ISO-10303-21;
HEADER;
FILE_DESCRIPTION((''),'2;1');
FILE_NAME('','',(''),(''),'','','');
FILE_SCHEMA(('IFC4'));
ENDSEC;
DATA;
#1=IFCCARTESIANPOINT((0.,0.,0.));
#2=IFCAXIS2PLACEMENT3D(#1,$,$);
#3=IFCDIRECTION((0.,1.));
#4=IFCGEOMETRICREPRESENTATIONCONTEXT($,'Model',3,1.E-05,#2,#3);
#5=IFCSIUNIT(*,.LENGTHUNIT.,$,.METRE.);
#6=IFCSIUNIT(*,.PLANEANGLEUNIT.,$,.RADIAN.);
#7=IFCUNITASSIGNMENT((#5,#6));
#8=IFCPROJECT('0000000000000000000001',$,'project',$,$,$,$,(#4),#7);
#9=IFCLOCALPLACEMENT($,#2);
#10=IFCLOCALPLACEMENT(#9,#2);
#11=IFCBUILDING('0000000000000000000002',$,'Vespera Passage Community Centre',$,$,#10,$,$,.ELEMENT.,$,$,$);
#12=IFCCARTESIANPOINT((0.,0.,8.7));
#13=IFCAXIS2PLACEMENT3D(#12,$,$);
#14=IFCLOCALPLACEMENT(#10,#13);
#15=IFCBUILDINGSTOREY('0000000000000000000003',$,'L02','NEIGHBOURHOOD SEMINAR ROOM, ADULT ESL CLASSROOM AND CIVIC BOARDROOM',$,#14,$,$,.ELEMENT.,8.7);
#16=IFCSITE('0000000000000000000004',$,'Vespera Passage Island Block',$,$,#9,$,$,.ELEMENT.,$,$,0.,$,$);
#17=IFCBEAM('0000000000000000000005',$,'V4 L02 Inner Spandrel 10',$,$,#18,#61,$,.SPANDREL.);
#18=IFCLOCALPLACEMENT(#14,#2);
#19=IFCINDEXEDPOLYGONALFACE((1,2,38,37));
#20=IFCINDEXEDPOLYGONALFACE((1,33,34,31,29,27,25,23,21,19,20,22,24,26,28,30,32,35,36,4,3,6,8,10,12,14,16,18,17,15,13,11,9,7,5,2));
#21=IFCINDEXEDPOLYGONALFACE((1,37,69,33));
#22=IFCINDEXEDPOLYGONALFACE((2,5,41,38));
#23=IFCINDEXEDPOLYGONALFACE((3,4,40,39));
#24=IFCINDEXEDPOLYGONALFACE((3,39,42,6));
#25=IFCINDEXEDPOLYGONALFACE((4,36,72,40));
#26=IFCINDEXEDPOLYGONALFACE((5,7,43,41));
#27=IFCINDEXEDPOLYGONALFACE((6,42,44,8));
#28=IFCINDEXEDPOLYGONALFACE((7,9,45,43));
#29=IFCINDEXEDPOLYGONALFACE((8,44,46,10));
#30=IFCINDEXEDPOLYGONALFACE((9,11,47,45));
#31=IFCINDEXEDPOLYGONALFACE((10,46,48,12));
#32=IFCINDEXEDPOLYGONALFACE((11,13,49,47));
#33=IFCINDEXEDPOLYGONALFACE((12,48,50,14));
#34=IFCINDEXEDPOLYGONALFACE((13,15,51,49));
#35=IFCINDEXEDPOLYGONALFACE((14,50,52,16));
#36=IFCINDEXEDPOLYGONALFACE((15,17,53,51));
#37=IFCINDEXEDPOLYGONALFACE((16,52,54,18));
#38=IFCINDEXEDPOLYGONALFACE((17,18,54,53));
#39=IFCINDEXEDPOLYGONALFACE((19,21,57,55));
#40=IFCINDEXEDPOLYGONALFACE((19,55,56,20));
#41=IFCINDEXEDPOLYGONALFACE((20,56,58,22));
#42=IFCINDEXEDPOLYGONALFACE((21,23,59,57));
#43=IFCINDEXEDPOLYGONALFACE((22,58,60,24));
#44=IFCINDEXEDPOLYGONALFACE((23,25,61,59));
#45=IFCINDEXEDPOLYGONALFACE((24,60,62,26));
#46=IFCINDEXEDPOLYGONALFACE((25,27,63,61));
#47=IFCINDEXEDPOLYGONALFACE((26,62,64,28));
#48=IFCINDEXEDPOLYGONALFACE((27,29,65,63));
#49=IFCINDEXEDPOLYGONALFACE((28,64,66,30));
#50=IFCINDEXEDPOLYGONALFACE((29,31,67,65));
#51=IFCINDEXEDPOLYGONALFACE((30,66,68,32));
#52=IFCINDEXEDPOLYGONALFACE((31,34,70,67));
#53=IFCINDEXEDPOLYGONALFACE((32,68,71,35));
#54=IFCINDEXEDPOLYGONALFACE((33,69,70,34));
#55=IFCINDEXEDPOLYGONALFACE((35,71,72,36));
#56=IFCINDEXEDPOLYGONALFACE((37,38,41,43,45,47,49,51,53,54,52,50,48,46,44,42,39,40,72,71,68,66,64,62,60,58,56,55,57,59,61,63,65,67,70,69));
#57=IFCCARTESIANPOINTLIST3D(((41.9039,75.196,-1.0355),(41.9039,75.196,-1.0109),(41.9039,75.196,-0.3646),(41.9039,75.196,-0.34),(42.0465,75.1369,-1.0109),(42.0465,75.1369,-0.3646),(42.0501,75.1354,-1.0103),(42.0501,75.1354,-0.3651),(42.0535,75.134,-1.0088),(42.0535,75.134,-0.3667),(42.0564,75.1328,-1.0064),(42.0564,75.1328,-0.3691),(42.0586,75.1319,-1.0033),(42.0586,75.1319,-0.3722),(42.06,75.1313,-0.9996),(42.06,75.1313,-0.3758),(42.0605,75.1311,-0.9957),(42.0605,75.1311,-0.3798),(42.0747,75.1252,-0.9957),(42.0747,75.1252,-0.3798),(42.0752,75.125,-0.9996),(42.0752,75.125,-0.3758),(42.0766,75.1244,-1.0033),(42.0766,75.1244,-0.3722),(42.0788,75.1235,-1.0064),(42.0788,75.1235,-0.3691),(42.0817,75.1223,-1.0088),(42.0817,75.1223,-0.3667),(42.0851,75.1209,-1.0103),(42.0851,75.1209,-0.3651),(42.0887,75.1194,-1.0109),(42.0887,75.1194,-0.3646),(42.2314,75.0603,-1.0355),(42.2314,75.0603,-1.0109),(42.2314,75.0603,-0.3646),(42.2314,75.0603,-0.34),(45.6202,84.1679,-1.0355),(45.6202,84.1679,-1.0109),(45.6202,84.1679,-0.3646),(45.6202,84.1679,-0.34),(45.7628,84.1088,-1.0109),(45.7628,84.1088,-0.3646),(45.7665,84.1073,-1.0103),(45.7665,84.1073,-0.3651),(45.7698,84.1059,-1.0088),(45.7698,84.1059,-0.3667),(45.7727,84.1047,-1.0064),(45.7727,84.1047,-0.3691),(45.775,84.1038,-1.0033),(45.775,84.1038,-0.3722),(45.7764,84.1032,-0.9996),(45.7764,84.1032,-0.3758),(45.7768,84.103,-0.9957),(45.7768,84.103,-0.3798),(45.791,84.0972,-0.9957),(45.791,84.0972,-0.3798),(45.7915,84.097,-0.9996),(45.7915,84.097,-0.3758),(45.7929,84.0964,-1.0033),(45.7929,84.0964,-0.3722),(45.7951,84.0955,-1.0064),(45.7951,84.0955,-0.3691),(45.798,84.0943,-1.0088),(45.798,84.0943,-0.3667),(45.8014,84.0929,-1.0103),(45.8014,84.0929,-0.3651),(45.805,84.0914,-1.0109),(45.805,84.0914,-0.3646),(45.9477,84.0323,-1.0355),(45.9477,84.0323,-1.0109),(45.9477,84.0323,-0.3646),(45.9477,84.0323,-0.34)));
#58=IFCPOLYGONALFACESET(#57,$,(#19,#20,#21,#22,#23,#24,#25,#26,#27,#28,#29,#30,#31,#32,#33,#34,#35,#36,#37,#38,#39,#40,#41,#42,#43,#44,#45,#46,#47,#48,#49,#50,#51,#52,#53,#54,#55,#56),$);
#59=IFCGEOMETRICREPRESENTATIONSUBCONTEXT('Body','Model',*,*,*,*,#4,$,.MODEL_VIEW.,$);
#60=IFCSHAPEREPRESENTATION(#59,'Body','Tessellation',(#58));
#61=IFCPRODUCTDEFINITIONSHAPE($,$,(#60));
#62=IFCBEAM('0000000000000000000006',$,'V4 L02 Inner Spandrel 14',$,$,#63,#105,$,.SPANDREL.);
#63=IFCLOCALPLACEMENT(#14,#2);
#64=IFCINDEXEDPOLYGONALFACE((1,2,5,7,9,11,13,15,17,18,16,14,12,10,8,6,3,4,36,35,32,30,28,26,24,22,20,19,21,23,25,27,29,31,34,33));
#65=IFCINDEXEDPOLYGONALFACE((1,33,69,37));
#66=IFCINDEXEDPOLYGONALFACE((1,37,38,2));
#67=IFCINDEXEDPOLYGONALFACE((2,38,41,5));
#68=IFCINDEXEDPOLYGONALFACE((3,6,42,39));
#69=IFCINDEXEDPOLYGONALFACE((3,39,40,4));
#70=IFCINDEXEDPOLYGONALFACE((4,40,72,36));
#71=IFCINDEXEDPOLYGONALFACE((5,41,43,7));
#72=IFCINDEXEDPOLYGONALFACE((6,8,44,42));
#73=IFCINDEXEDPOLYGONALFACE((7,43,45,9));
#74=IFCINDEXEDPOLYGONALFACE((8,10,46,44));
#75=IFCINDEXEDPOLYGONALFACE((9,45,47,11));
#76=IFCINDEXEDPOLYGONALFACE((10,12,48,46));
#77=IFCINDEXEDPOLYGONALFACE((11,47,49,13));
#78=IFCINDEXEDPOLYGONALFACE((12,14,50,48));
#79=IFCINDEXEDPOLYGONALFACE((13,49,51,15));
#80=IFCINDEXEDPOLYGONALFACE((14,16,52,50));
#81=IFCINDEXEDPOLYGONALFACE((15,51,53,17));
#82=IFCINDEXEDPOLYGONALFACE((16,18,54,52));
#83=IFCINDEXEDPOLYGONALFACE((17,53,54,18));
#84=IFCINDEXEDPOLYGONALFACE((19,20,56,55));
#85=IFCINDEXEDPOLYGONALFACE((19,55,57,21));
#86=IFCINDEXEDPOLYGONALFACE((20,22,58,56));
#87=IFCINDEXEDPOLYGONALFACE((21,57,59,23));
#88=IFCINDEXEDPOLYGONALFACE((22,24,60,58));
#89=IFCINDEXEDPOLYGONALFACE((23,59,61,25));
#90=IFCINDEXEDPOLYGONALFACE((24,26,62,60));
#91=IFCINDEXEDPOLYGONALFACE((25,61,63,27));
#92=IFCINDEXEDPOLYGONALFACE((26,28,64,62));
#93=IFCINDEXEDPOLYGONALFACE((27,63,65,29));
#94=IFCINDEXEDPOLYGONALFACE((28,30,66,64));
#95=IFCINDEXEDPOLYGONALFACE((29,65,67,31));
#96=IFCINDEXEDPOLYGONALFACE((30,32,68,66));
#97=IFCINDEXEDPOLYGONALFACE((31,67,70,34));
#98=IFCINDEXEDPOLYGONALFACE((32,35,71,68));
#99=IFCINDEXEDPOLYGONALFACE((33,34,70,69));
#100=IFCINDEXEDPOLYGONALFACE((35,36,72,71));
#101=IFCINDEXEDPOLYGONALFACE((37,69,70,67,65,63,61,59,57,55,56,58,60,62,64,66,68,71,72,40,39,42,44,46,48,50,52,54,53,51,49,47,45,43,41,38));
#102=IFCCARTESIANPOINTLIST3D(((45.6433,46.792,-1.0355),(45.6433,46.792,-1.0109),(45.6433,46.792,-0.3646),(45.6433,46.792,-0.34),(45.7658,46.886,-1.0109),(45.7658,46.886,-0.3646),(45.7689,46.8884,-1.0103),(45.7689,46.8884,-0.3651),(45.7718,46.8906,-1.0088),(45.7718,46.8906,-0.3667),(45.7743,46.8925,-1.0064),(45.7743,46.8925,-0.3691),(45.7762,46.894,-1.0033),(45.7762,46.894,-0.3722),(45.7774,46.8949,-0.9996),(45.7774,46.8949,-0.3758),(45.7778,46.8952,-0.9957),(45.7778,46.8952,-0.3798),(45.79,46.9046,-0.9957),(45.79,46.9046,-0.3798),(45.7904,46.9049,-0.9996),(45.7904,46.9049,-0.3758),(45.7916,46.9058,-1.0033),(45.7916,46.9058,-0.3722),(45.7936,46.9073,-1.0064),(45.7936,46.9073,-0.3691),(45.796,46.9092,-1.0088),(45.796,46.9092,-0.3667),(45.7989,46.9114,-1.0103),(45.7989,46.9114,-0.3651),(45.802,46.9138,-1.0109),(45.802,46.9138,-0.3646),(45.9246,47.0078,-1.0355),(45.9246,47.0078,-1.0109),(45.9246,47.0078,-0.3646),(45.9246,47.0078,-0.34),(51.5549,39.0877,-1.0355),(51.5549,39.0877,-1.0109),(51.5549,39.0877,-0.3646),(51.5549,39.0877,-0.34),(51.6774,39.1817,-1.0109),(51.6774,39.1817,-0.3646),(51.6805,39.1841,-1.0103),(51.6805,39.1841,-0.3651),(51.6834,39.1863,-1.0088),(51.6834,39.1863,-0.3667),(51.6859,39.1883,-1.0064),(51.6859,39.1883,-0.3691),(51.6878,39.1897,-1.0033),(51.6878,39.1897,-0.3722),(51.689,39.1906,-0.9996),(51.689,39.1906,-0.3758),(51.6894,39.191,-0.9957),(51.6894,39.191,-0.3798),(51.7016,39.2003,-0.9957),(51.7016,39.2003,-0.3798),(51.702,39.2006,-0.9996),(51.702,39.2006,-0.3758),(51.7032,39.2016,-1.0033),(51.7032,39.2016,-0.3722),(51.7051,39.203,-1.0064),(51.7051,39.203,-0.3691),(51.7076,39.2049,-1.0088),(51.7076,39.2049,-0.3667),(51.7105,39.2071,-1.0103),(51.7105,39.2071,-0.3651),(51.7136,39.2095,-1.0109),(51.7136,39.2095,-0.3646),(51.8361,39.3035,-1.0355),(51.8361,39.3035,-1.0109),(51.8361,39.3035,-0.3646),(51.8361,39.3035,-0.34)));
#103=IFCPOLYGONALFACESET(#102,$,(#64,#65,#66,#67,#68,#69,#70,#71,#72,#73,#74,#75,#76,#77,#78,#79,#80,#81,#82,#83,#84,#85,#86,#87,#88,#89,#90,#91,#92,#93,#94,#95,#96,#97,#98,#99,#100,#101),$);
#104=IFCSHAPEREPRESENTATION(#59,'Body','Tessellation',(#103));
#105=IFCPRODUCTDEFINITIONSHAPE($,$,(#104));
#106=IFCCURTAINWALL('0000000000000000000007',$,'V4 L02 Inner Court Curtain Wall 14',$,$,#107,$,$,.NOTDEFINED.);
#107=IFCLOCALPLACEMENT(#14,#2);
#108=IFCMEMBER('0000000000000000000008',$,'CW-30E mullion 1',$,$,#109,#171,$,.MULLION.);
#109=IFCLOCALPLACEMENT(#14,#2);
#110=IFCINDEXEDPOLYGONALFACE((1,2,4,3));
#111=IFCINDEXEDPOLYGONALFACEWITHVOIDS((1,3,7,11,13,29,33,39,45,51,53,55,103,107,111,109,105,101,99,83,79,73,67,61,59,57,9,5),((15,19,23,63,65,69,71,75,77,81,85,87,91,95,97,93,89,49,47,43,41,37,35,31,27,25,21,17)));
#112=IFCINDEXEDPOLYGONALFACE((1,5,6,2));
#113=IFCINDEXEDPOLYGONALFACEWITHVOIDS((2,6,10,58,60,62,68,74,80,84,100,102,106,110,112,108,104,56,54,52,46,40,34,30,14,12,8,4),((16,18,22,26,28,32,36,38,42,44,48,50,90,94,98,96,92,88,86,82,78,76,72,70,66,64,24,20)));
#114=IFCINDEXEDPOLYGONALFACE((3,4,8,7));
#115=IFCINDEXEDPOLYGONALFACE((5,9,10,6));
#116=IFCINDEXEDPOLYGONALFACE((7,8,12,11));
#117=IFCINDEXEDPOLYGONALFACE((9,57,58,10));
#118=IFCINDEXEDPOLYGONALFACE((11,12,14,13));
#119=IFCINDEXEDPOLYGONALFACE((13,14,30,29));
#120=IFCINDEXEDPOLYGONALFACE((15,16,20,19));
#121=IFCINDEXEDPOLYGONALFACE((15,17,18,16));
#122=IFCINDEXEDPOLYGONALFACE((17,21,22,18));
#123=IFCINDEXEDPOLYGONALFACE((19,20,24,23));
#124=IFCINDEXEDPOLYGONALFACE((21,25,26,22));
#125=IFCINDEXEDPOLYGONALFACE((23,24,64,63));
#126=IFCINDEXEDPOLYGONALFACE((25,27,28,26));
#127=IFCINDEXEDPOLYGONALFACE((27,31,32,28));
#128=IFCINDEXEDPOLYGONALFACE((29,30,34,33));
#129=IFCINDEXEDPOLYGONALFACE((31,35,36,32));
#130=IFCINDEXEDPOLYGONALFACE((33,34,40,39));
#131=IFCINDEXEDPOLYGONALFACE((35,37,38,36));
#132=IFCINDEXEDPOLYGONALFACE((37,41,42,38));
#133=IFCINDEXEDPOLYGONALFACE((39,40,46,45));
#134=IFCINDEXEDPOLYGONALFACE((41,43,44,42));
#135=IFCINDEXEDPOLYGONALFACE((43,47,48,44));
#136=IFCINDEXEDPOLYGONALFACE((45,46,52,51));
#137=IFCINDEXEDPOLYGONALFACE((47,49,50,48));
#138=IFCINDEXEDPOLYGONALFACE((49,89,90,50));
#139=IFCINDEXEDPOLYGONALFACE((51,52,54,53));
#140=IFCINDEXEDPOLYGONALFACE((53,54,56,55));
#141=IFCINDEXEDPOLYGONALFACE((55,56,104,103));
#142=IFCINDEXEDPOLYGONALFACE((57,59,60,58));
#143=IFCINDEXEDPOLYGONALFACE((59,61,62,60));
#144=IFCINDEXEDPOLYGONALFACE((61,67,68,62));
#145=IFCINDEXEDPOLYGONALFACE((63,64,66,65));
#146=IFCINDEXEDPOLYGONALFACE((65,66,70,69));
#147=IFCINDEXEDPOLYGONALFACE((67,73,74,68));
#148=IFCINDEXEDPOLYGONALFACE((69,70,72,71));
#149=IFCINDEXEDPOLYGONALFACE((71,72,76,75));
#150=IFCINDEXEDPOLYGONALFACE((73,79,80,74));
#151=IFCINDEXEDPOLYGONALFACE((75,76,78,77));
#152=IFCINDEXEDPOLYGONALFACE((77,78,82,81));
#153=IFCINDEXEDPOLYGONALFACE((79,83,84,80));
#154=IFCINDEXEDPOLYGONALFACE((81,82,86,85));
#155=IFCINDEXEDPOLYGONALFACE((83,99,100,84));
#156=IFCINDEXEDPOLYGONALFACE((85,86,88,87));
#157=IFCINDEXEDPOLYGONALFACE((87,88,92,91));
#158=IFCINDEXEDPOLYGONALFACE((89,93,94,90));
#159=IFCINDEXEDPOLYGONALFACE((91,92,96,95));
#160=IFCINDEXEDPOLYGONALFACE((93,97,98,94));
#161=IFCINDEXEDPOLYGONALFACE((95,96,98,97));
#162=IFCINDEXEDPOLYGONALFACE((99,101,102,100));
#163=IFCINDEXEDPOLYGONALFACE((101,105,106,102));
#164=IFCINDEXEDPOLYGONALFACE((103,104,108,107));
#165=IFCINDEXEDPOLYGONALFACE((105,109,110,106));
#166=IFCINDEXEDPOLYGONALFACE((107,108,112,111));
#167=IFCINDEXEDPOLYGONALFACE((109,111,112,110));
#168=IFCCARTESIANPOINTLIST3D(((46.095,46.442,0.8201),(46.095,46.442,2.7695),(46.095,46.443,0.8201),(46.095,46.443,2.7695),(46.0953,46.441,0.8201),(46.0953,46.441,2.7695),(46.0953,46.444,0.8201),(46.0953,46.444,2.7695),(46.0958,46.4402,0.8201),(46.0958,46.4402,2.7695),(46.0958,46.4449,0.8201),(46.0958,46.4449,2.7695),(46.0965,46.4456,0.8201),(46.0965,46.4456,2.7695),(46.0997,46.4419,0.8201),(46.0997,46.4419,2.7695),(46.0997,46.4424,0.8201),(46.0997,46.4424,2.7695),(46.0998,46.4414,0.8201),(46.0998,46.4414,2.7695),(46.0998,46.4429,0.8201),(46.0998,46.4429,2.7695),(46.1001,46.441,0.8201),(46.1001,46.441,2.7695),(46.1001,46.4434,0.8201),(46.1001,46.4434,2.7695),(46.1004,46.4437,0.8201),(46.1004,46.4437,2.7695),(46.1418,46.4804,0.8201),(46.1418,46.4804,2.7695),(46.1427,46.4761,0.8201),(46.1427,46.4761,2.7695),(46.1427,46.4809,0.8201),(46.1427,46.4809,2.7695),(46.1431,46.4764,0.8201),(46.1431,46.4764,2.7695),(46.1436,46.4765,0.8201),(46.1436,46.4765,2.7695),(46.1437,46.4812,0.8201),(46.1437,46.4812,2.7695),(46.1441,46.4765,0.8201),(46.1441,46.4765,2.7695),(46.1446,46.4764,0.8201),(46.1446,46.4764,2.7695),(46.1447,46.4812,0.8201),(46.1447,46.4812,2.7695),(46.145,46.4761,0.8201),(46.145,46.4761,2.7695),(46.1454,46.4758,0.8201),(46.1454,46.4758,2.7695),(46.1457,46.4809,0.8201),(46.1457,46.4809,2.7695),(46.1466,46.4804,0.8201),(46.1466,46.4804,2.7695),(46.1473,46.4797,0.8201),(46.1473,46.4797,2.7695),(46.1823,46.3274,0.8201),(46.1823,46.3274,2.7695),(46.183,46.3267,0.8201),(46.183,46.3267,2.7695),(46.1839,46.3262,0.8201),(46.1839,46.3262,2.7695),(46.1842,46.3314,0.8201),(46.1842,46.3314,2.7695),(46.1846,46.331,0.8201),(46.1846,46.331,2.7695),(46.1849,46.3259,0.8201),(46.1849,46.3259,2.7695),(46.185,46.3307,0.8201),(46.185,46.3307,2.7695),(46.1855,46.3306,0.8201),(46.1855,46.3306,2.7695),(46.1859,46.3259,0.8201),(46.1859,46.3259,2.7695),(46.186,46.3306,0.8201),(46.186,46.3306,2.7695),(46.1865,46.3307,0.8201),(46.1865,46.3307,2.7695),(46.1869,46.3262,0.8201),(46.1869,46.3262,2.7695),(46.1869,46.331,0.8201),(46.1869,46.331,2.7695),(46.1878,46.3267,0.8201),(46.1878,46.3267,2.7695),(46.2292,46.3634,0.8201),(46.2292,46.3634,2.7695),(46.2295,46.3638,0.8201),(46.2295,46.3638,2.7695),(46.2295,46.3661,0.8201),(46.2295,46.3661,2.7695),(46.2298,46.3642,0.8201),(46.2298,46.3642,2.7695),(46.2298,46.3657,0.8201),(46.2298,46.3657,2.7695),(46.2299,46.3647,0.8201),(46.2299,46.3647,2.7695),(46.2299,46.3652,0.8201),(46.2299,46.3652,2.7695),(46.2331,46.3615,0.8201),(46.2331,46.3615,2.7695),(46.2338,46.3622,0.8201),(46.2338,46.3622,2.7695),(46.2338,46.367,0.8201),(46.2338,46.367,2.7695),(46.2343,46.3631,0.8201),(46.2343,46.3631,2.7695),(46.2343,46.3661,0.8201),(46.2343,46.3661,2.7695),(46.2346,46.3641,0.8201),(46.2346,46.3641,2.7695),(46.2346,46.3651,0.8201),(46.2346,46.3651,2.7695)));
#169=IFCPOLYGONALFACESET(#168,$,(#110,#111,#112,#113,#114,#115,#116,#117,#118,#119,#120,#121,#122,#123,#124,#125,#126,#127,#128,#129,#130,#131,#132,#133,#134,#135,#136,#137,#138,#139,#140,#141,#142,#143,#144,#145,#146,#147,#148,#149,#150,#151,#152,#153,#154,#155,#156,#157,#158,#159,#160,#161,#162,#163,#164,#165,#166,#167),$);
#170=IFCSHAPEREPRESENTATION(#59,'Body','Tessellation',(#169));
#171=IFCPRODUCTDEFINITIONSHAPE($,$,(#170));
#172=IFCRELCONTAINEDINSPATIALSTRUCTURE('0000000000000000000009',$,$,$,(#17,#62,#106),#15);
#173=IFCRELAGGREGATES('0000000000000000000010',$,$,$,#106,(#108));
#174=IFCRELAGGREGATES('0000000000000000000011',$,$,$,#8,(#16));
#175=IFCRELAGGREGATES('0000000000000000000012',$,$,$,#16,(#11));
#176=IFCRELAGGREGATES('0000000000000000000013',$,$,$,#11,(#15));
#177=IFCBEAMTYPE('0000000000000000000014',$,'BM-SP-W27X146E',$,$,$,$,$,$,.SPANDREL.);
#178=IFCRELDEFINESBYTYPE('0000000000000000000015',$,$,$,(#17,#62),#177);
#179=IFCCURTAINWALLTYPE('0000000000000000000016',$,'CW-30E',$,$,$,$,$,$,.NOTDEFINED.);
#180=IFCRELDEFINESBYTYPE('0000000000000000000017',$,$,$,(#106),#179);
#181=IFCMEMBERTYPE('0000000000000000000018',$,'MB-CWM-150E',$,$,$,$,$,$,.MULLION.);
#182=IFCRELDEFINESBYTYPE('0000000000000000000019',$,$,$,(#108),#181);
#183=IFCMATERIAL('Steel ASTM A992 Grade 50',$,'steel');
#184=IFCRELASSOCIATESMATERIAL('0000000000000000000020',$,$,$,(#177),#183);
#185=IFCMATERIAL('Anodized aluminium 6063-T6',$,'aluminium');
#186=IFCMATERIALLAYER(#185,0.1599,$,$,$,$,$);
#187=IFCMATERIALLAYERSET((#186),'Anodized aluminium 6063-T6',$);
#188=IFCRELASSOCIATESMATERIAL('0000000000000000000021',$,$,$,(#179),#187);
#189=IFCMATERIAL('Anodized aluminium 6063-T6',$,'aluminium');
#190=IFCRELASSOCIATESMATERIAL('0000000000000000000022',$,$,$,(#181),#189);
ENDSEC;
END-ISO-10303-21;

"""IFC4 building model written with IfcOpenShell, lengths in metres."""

from ifc_helpers import new_model, si_unit, direction, frame, origin, origin_2d, place, context, subcontext, project, spatial, hollow_rectangle, i_section, extrude, material, layer, layer_set, material_profile, profile_set, type_object, element, aggregate, save


model = new_model("IFC4")

# Units and contexts
model_context = context("Model", 3, precision=1e-05, world=origin(), true_north=direction((0.0, 1.0)))
body_context = subcontext(model_context, "Body", "Model", "MODEL_VIEW")
ifc_project = project(units=[si_unit("LENGTHUNIT", "METRE"), si_unit("PLANEANGLEUNIT", "RADIAN")], contexts=[model_context])

# Site, building, storey
site_placement = place(None, origin())
site = spatial("IfcSite", under=ifc_project, at=site_placement, Name="Vespera Passage Island Block", CompositionType="ELEMENT", RefElevation=0.0)
building_placement = place(site_placement, origin())
building = spatial("IfcBuilding", under=site, at=building_placement, Name="Vespera Passage Community Centre", CompositionType="ELEMENT")
storey_placement = place(building_placement, frame((0.0, 0.0, 8.7)))
storey = spatial("IfcBuildingStorey", under=building, at=storey_placement, Name="L02", Description="NEIGHBOURHOOD SEMINAR ROOM, ADULT ESL CLASSROOM AND CIVIC BOARDROOM", CompositionType="ELEMENT", Elevation=8.7)

# Beams
ifc_material_1 = material(Name="Steel ASTM A992 Grade 50", Category="steel")
ifc_material_profile_1 = material_profile(ifc_material_1, i_section(OverallWidth=0.3545, OverallDepth=0.6956, WebThickness=0.0154, FlangeThickness=0.0247, FilletRadius=0.0151, at=origin_2d()), Name="W27X146")
ifc_profile_set_1 = profile_set([ifc_material_profile_1], Name="Steel ASTM A992 Grade 50")
beam_type_1 = type_object("IfcBeamType", Name="BM-SP-W27X146E", PredefinedType="SPANDREL", material=ifc_profile_set_1)
beam_1_placement = place(storey_placement, frame((45.7839, 84.1001, -0.6877), z_axis=(-0.382685, -0.923879, 0.0), x_axis=(0.923879, -0.382685, 0.0)))
element("IfcBeam", 1, at=beam_1_placement, inside=storey, type_object=beam_type_1, Name="V4 L02 Inner Spandrel 10", PredefinedType="SPANDREL", context=body_context, shape_type="SweptSolid", body=[
    extrude(i_section(OverallWidth=0.3545, OverallDepth=0.6956, WebThickness=0.0154, FlangeThickness=0.0247, FilletRadius=0.0151, at=origin_2d()), origin(), (0.0, 0.0, 1.0), 9.7112),
])
beam_2_placement = place(storey_placement, frame((45.7839, 46.8999, -0.6877), z_axis=(0.608753, -0.79336, 0.0), x_axis=(0.79336, 0.608753, 0.0)))
element("IfcBeam", 2, at=beam_2_placement, inside=storey, type_object=beam_type_1, Name="V4 L02 Inner Spandrel 14", PredefinedType="SPANDREL", context=body_context, shape_type="SweptSolid", body=[
    extrude(i_section(OverallWidth=0.3545, OverallDepth=0.6956, WebThickness=0.0154, FlangeThickness=0.0247, FilletRadius=0.0151, at=origin_2d()), origin(), (0.0, 0.0, 1.0), 9.7109),
])

# Curtain wall, member
ifc_material_2 = material(Name="Anodized aluminium 6063-T6", Category="aluminium")
ifc_layer_1 = layer(ifc_material_2, 0.1599)
ifc_layer_set_1 = layer_set([ifc_layer_1], Name="Anodized aluminium 6063-T6")
curtain_wall_type_1 = type_object("IfcCurtainWallType", Name="CW-30E", PredefinedType="NOTDEFINED", material=ifc_layer_set_1)
curtain_wall_1_placement = place(storey_placement, origin())
curtain_wall_1 = element("IfcCurtainWall", 3, at=curtain_wall_1_placement, inside=storey, type_object=curtain_wall_type_1, Name="V4 L02 Inner Court Curtain Wall 14", PredefinedType="NOTDEFINED")
ifc_material_3 = material(Name="Anodized aluminium 6063-T6", Category="aluminium")
ifc_material_profile_2 = material_profile(ifc_material_3, hollow_rectangle(XDim=0.0649, YDim=0.1499, WallThickness=0.0039, InnerFilletRadius=0.002, OuterFilletRadius=0.0039, at=origin_2d()), Name="ALU150X65X4")
ifc_profile_set_2 = profile_set([ifc_material_profile_2], Name="Anodized aluminium 6063-T6")
member_type_1 = type_object("IfcMemberType", Name="MB-CWM-150E", PredefinedType="MULLION", material=ifc_profile_set_2)
member_1_placement = place(storey_placement, frame((46.1648, 46.4036, 0.8201), z_axis=(0.0, 0.0, 1.0), x_axis=(0.793358, 0.608755, 0.0)))
member_1 = element("IfcMember", 4, at=member_1_placement, type_object=member_type_1, Name="CW-30E mullion 1", PredefinedType="MULLION", context=body_context, shape_type="SweptSolid", body=[
    extrude(hollow_rectangle(XDim=0.0649, YDim=0.1499, WallThickness=0.0039, InnerFilletRadius=0.002, OuterFilletRadius=0.0039, at=origin_2d()), origin(), (0.0, 0.0, 1.0), 1.9495),
])

aggregate(curtain_wall_1, [member_1])

save(model, "model.ifc")
